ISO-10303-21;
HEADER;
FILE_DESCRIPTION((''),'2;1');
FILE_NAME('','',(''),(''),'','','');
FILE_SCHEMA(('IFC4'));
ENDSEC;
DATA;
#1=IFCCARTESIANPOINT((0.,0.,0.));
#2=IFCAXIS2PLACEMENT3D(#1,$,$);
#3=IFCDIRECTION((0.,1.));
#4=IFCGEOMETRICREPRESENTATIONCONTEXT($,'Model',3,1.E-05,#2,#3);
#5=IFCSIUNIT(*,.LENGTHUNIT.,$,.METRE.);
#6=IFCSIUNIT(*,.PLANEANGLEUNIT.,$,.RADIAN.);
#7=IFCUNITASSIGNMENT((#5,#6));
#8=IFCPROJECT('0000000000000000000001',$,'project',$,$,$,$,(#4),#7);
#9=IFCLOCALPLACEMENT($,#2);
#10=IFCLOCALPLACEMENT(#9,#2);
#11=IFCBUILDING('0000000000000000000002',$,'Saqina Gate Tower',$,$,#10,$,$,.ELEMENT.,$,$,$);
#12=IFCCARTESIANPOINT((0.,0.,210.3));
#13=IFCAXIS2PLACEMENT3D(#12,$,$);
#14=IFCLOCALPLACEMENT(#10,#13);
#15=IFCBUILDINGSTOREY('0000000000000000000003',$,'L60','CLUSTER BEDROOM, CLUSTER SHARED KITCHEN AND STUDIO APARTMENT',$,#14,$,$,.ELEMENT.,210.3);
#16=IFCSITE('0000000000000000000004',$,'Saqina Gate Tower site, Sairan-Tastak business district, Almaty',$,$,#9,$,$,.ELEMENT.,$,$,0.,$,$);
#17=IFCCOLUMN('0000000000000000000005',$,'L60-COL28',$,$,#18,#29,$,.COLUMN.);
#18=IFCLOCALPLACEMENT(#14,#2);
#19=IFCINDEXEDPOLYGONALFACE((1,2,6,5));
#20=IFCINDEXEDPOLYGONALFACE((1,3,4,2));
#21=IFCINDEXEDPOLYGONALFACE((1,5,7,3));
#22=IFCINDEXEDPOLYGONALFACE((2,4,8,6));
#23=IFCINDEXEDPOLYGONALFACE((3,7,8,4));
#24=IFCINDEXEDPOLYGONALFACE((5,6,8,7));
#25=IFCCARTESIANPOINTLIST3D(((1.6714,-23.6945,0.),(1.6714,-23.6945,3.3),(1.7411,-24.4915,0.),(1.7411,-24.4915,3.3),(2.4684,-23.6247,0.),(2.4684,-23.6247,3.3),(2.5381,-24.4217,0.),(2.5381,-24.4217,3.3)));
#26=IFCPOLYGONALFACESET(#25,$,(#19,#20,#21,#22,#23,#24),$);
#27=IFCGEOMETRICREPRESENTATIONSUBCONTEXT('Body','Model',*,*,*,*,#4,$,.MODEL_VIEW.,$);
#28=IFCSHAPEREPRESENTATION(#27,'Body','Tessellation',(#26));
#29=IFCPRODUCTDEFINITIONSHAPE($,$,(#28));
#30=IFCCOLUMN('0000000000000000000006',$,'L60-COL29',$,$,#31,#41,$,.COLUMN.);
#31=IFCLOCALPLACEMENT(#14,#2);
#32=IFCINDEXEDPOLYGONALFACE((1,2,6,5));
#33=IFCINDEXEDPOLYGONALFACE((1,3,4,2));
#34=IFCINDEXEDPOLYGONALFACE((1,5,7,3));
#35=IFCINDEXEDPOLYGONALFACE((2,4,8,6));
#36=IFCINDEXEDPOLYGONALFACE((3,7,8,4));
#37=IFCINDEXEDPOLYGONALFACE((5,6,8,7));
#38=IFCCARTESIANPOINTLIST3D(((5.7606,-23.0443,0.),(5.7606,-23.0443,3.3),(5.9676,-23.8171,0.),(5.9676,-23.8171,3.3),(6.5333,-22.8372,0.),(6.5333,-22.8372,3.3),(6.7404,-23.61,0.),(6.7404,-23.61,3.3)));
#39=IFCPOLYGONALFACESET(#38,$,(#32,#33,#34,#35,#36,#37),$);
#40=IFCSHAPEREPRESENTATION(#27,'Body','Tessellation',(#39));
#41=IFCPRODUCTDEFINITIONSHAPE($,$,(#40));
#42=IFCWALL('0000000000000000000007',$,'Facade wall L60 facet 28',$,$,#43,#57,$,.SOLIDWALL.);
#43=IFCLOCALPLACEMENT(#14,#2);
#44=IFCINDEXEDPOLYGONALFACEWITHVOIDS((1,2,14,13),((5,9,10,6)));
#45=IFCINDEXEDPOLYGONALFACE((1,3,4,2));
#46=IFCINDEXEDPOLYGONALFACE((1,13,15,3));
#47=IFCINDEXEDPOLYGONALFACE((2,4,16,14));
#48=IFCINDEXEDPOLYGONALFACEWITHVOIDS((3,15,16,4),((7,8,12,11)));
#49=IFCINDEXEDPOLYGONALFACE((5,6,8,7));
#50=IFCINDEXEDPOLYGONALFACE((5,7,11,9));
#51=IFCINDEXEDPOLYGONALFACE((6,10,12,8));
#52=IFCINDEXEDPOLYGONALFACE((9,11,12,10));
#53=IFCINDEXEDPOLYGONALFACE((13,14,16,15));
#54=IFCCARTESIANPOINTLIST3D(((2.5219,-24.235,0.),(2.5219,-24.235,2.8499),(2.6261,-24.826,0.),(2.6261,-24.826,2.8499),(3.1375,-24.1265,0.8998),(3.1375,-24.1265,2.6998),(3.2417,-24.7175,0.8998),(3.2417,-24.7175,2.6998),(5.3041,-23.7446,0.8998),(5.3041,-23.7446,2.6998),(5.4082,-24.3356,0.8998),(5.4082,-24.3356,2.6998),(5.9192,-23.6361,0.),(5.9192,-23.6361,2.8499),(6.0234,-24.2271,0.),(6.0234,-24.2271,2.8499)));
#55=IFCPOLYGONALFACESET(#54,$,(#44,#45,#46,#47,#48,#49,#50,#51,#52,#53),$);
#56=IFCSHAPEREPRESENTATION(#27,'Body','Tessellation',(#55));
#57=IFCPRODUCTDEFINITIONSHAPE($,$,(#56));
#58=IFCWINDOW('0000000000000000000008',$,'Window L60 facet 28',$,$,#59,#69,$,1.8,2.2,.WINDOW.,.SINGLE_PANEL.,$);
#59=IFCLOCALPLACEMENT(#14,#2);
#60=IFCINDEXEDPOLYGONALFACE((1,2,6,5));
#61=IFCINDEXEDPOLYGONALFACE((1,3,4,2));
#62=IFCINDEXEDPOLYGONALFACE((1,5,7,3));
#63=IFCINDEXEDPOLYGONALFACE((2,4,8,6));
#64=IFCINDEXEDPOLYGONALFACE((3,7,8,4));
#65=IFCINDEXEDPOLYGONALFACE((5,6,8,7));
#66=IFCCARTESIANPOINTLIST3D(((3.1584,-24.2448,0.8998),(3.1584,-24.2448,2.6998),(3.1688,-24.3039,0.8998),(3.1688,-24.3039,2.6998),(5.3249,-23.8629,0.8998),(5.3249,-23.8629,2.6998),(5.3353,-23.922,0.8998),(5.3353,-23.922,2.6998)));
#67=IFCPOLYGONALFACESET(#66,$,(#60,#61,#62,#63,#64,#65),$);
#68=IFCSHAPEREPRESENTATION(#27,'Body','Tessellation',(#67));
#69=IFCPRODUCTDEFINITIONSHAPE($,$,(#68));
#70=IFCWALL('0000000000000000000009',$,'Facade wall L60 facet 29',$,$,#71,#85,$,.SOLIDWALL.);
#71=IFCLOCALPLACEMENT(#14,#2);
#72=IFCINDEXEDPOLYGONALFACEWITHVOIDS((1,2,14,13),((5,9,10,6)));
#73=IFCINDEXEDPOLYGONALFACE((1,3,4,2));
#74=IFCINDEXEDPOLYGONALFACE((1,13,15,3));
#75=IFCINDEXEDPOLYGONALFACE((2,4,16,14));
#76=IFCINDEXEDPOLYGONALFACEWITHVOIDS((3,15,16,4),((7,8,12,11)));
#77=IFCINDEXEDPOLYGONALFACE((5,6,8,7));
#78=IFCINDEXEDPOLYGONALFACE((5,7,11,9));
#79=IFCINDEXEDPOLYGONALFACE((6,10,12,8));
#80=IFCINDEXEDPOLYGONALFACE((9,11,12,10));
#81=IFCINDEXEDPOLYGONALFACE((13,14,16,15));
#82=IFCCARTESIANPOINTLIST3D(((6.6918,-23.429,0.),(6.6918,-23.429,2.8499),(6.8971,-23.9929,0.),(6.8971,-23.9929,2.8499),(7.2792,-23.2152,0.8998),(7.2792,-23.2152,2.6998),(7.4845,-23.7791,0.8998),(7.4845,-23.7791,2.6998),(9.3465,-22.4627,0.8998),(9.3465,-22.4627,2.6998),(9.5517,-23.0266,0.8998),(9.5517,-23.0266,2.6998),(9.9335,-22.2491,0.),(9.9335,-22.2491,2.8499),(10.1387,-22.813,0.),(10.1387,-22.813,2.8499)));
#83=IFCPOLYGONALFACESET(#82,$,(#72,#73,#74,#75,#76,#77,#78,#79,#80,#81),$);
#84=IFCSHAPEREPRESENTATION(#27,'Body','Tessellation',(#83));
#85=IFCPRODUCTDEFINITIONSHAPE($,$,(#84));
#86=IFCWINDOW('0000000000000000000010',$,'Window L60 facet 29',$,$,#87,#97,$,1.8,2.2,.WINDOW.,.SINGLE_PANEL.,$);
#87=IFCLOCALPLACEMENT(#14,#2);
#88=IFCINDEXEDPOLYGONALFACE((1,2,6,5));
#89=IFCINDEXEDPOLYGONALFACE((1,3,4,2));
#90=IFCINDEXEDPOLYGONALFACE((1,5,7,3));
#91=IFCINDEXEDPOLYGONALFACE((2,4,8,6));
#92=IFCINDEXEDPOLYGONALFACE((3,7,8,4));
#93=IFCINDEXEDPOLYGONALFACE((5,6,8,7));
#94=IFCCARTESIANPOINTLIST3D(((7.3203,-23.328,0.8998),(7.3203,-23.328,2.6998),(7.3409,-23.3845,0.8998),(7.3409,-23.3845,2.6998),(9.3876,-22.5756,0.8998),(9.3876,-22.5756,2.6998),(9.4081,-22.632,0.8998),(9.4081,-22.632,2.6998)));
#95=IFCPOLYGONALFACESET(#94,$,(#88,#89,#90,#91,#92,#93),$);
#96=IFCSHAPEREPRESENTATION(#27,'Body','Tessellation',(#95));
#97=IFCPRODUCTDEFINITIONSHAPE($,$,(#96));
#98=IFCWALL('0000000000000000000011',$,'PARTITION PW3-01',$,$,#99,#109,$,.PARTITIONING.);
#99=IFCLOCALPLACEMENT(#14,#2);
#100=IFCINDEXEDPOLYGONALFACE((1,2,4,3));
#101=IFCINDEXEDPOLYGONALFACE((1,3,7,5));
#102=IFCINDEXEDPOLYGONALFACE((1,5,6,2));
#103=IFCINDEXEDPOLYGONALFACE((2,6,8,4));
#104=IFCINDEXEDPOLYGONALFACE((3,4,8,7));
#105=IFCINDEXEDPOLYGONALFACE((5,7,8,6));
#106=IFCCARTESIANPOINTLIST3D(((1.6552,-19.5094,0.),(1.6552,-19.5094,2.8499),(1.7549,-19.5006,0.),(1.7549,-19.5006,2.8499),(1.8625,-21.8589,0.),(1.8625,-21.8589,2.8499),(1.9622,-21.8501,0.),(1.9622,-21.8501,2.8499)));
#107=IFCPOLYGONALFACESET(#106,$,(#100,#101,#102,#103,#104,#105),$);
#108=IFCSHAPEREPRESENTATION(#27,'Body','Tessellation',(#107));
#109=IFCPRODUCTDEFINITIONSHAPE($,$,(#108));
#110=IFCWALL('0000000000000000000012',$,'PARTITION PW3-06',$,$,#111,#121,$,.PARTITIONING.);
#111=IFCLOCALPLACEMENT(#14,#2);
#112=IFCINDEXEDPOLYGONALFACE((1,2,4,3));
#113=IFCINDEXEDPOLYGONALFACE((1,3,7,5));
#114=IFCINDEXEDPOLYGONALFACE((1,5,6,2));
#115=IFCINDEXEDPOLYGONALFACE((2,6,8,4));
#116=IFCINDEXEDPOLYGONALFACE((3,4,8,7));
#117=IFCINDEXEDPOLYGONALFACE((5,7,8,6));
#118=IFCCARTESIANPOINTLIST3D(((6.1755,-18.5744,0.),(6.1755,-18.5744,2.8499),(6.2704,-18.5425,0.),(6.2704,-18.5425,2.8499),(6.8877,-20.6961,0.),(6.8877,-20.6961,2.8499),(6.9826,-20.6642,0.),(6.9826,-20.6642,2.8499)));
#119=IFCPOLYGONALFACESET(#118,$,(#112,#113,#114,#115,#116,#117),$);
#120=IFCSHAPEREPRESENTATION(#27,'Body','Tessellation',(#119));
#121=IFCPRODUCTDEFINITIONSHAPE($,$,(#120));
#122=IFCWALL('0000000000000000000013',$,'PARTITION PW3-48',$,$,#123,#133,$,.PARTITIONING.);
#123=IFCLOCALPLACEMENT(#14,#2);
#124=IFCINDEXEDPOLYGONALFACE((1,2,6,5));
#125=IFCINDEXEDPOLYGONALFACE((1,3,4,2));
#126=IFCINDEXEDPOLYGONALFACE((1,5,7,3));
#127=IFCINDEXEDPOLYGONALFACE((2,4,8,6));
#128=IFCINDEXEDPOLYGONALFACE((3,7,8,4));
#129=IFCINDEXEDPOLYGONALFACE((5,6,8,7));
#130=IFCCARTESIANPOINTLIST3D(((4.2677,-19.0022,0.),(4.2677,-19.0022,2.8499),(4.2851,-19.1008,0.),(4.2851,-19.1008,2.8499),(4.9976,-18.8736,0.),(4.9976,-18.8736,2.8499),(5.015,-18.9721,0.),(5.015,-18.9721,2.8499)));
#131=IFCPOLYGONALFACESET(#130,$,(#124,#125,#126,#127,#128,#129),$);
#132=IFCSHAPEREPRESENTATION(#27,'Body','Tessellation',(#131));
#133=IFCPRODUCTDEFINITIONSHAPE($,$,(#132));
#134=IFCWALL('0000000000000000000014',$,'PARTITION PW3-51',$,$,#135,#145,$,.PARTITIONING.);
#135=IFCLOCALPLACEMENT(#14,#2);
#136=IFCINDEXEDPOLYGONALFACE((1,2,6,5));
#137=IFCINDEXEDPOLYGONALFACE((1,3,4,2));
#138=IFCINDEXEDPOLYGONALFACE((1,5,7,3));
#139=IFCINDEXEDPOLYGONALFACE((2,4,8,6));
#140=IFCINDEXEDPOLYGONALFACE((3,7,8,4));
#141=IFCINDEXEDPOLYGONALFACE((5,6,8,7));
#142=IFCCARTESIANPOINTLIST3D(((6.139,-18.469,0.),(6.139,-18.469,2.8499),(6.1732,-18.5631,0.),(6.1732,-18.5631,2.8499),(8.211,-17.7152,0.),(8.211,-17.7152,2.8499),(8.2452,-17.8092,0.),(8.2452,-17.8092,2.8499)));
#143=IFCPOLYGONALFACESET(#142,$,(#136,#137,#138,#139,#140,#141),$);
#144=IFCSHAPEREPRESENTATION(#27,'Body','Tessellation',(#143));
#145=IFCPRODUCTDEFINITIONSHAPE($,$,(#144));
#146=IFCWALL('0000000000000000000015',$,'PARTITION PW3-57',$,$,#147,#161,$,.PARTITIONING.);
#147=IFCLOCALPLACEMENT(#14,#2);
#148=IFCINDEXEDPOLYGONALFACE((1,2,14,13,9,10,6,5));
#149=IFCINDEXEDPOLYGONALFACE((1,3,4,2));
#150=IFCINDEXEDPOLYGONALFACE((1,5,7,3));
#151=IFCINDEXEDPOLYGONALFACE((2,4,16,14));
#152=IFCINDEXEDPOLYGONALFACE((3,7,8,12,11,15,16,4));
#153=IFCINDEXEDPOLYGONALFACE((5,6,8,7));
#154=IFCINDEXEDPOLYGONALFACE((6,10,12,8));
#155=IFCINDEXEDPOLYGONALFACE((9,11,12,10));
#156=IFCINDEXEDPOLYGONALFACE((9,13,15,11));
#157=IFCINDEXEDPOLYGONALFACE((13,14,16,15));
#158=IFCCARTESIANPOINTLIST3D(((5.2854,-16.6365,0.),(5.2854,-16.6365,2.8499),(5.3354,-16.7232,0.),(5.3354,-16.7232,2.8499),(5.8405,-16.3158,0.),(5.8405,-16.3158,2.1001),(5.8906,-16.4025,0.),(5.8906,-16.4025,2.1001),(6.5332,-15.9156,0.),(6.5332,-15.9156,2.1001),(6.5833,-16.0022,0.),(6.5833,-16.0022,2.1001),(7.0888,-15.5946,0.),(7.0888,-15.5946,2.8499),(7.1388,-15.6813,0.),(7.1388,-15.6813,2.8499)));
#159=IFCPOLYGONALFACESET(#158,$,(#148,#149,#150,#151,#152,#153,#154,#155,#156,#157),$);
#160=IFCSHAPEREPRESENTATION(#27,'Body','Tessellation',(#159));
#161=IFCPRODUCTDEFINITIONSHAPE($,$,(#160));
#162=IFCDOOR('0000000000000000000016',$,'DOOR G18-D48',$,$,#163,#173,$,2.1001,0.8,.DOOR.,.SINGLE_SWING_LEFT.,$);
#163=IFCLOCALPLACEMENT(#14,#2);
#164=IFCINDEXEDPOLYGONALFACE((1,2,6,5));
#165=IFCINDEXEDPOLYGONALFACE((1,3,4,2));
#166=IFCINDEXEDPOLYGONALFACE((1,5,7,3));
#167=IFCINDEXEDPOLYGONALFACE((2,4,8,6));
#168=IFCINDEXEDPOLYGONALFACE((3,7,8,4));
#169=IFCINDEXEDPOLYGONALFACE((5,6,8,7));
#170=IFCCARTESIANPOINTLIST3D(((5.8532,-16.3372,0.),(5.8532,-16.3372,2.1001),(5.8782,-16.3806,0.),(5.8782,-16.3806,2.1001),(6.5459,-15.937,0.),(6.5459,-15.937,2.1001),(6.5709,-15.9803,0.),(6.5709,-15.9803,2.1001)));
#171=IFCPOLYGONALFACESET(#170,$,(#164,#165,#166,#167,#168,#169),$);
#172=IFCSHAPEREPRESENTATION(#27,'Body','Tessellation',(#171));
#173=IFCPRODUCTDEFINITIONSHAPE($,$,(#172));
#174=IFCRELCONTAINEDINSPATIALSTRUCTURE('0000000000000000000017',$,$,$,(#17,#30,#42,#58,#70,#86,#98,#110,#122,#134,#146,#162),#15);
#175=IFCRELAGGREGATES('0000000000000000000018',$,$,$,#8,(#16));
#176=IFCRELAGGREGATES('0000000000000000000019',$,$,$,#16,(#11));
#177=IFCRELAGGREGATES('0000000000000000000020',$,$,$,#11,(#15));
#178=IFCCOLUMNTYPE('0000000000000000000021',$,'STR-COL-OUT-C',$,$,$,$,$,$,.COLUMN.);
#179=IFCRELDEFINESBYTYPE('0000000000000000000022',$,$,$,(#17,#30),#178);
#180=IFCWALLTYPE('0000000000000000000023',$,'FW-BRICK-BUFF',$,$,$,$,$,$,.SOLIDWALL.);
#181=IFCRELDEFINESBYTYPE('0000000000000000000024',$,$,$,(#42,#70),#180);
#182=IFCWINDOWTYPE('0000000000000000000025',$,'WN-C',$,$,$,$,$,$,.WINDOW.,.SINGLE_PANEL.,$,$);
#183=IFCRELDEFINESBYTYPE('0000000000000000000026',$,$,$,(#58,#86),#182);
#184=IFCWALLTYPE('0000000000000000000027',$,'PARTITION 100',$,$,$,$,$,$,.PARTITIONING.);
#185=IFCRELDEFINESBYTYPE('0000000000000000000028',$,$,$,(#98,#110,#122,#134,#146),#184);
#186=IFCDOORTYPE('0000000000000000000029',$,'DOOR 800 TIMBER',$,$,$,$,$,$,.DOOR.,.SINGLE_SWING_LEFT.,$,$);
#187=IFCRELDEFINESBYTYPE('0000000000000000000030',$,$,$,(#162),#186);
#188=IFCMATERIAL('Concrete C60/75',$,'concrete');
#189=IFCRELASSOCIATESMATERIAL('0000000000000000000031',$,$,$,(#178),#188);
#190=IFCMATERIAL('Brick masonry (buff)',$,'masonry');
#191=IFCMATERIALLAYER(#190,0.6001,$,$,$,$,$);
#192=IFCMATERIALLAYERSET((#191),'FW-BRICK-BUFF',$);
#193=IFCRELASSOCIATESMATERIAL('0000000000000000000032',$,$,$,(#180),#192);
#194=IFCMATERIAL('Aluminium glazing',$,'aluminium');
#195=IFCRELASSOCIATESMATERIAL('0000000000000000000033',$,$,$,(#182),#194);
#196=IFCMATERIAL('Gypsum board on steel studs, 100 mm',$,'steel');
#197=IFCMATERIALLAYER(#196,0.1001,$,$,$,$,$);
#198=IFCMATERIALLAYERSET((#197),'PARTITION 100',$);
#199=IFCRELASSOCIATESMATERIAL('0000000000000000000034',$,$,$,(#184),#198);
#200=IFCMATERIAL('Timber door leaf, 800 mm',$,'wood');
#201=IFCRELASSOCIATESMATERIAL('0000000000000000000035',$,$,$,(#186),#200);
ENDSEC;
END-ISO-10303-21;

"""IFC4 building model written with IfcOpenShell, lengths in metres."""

from ifc_helpers import new_model, si_unit, direction, frame, frame_2d, origin, origin_2d, place, context, subcontext, project, spatial, rectangle, extrude, material, layer, layer_set, material_profile, profile_set, type_object, element, fill, save


model = new_model("IFC4")

# Units and contexts
model_context = context("Model", 3, precision=1e-05, world=origin(), true_north=direction((0.0, 1.0)))
body_context = subcontext(model_context, "Body", "Model", "MODEL_VIEW")
ifc_project = project(units=[si_unit("LENGTHUNIT", "METRE"), si_unit("PLANEANGLEUNIT", "RADIAN")], contexts=[model_context])

# Site, building, storey
site_placement = place(None, origin())
site = spatial("IfcSite", under=ifc_project, at=site_placement, Name="Saqina Gate Tower site, Sairan-Tastak business district, Almaty", CompositionType="ELEMENT", RefElevation=0.0)
building_placement = place(site_placement, origin())
building = spatial("IfcBuilding", under=site, at=building_placement, Name="Saqina Gate Tower", CompositionType="ELEMENT")
storey_placement = place(building_placement, frame((0.0, 0.0, 210.3)))
storey = spatial("IfcBuildingStorey", under=building, at=storey_placement, Name="L60", Description="CLUSTER BEDROOM, CLUSTER SHARED KITCHEN AND STUDIO APARTMENT", CompositionType="ELEMENT", Elevation=210.3)

# Columns
ifc_material_1 = material(Name="Concrete C60/75", Category="concrete")
ifc_material_profile = material_profile(ifc_material_1, rectangle(XDim=0.8, YDim=0.8, at=origin_2d()), Name="RC 800x800")
ifc_profile_set = profile_set([ifc_material_profile], Name="Concrete C60/75")
column_type = type_object("IfcColumnType", Name="STR-COL-OUT-C", PredefinedType="COLUMN", material=ifc_profile_set)
for number, where, z_axis, x_axis, name in (
    (1, (2.1047, -24.0581, 0.0), (0.0, 0.0, 1.0), (0.087156, -0.996195, 0.0), "L60-COL28"),
    (2, (6.2505, -23.3271, 0.0), (0.0, 0.0, 1.0), (0.258819, -0.965926, 0.0), "L60-COL29"),
):
    element("IfcColumn", number, at=place(storey_placement, frame(where, z_axis=z_axis, x_axis=x_axis)), inside=storey, type_object=column_type, Name=name, PredefinedType="COLUMN", context=body_context, shape_type="SweptSolid", body=[
        extrude(rectangle(XDim=0.8, YDim=0.8, at=origin_2d()), origin(), (0.0, 0.0, 1.0), 3.3),
    ])

# Walls, openings, windows
ifc_material_2 = material(Name="Brick masonry (buff)", Category="masonry")
ifc_layer_1 = layer(ifc_material_2, 0.6001)
ifc_layer_set_1 = layer_set([ifc_layer_1], Name="FW-BRICK-BUFF")
wall_type_1 = type_object("IfcWallType", Name="FW-BRICK-BUFF", PredefinedType="SOLIDWALL", material=ifc_layer_set_1)
wall_1_placement = place(storey_placement, frame((2.574, -24.5305, 0.0), z_axis=(0.0, 0.0, 1.0), x_axis=(0.984815, 0.173608, 0.0)))
wall_1 = element("IfcWall", 3, at=wall_1_placement, inside=storey, type_object=wall_type_1, Name="Facade wall L60 facet 28", PredefinedType="SOLIDWALL", context=body_context, shape_type="SweptSolid", body=[
    extrude(rectangle(XDim=3.4497, YDim=0.6001, at=frame_2d((1.7249, 0.0))), origin(), (0.0, 0.0, 1.0), 2.8499),
])
opening_1_placement = place(wall_1_placement, frame((0.625, 0.0, 0.8999)))
opening_1 = element("IfcOpeningElement", 4, at=opening_1_placement, cuts=wall_1, PredefinedType="OPENING", context=body_context, shape_type="SweptSolid", body=[
    extrude(rectangle(XDim=2.2, YDim=1.8, at=frame_2d((1.1001, 0.8999))), frame((0.0, 0.312, 0.0), z_axis=(0.0, -1.0, 0.0), x_axis=(1.0, 0.0, 0.0)), (0.0, 0.0, 1.0), 0.624),
])
ifc_material_3 = material(Name="Aluminium glazing", Category="aluminium")
window_type = type_object("IfcWindowType", Name="WN-C", PartitioningType="SINGLE_PANEL", PredefinedType="WINDOW", material=ifc_material_3)
window_1_placement = place(opening_1_placement, origin())
window_1 = element("IfcWindow", 5, at=window_1_placement, inside=storey, type_object=window_type, Name="Window L60 facet 28", OverallHeight=1.8, OverallWidth=2.2, PartitioningType="SINGLE_PANEL", PredefinedType="WINDOW", context=body_context, shape_type="SweptSolid", body=[
    extrude(rectangle(XDim=2.2, YDim=1.8, at=frame_2d((1.1001, 0.8999))), frame((0.0, 0.1799, 0.0), z_axis=(0.0, -1.0, 0.0), x_axis=(1.0, 0.0, 0.0)), (0.0, 0.0, 1.0), 0.0601),
])
fill(opening_1, window_1)
wall_2_placement = place(storey_placement, frame((6.7944, -23.7109, 0.0), z_axis=(0.0, 0.0, 1.0), x_axis=(0.939688, 0.342033, 0.0)))
wall_2 = element("IfcWall", 6, at=wall_2_placement, inside=storey, type_object=wall_type_1, Name="Facade wall L60 facet 29", PredefinedType="SOLIDWALL", context=body_context, shape_type="SweptSolid", body=[
    extrude(rectangle(XDim=3.4497, YDim=0.6001, at=frame_2d((1.7249, 0.0))), origin(), (0.0, 0.0, 1.0), 2.8499),
])
opening_2_placement = place(wall_2_placement, frame((0.625, 0.0, 0.8999)))
opening_2 = element("IfcOpeningElement", 7, at=opening_2_placement, cuts=wall_2, PredefinedType="OPENING", context=body_context, shape_type="SweptSolid", body=[
    extrude(rectangle(XDim=2.2, YDim=1.8, at=frame_2d((1.1001, 0.8999))), frame((0.0, 0.312, 0.0), z_axis=(0.0, -1.0, 0.0), x_axis=(1.0, 0.0, 0.0)), (0.0, 0.0, 1.0), 0.624),
])
window_2_placement = place(opening_2_placement, origin())
window_2 = element("IfcWindow", 8, at=window_2_placement, inside=storey, type_object=window_type, Name="Window L60 facet 29", OverallHeight=1.8, OverallWidth=2.2, PartitioningType="SINGLE_PANEL", PredefinedType="WINDOW", context=body_context, shape_type="SweptSolid", body=[
    extrude(rectangle(XDim=2.2, YDim=1.8, at=frame_2d((1.1001, 0.8999))), frame((0.0, 0.1799, 0.0), z_axis=(0.0, -1.0, 0.0), x_axis=(1.0, 0.0, 0.0)), (0.0, 0.0, 1.0), 0.0601),
])
fill(opening_2, window_2)

# Walls
ifc_material_4 = material(Name="Gypsum board on steel studs, 100 mm", Category="steel")
ifc_layer_2 = layer(ifc_material_4, 0.1001)
ifc_layer_set_2 = layer_set([ifc_layer_2], Name="PARTITION 100")
wall_type_2 = type_object("IfcWallType", Name="PARTITION 100", PredefinedType="PARTITIONING", material=ifc_layer_set_2)
wall_3_placement = place(storey_placement, frame((1.7051, -19.5051, 0.0), z_axis=(0.0, 0.0, 1.0), x_axis=(0.087876, -0.996131, 0.0)))
element("IfcWall", 9, at=wall_3_placement, inside=storey, type_object=wall_type_2, Name="PARTITION PW3-01", PredefinedType="PARTITIONING", context=body_context, shape_type="SweptSolid", body=[
    extrude(rectangle(XDim=2.3586, YDim=0.1001, at=frame_2d((1.1792, 0.0))), origin(), (0.0, 0.0, 1.0), 2.8499),
])
wall_4_placement = place(storey_placement, frame((6.2229, -18.5583, 0.0), z_axis=(0.0, 0.0, 1.0), x_axis=(0.318223, -0.948016, 0.0)))
element("IfcWall", 10, at=wall_4_placement, inside=storey, type_object=wall_type_2, Name="PARTITION PW3-06", PredefinedType="PARTITIONING", context=body_context, shape_type="SweptSolid", body=[
    extrude(rectangle(XDim=2.238, YDim=0.1001, at=frame_2d((1.1191, 0.0))), origin(), (0.0, 0.0, 1.0), 2.8499),
])
wall_5_placement = place(storey_placement, frame((4.2764, -19.0515, 0.0), z_axis=(0.0, 0.0, 1.0), x_axis=(0.98482, 0.173579, 0.0)))
element("IfcWall", 11, at=wall_5_placement, inside=storey, type_object=wall_type_2, Name="PARTITION PW3-48", PredefinedType="PARTITIONING", context=body_context, shape_type="SweptSolid", body=[
    extrude(rectangle(XDim=0.7412, YDim=0.1001, at=frame_2d((0.3706, 0.0))), origin(), (0.0, 0.0, 1.0), 2.8499),
])
wall_6_placement = place(storey_placement, frame((6.156, -18.5161, 0.0), z_axis=(0.0, 0.0, 1.0), x_axis=(0.939729, 0.341921, 0.0)))
element("IfcWall", 12, at=wall_6_placement, inside=storey, type_object=wall_type_2, Name="PARTITION PW3-51", PredefinedType="PARTITIONING", context=body_context, shape_type="SweptSolid", body=[
    extrude(rectangle(XDim=2.2048, YDim=0.1001, at=frame_2d((1.1025, 0.0))), origin(), (0.0, 0.0, 1.0), 2.8499),
])

# Wall, opening, door
wall_7_placement = place(storey_placement, frame((5.3103, -16.6799, 0.0), z_axis=(0.0, 0.0, 1.0), x_axis=(0.865867, 0.500274, 0.0)))
wall_7 = element("IfcWall", 13, at=wall_7_placement, inside=storey, type_object=wall_type_2, Name="PARTITION PW3-57", PredefinedType="PARTITIONING", context=body_context, shape_type="SweptSolid", body=[
    extrude(rectangle(XDim=2.0828, YDim=0.1001, at=frame_2d((1.0415, 0.0))), origin(), (0.0, 0.0, 1.0), 2.8499),
])
opening_3_placement = place(wall_7_placement, frame((0.6414, 0.0, 0.0)))
opening_3 = element("IfcOpeningElement", 14, at=opening_3_placement, cuts=wall_7, PredefinedType="OPENING", context=body_context, shape_type="SweptSolid", body=[
    extrude(rectangle(XDim=0.8, YDim=2.1001, at=frame_2d((0.3999, 1.05))), frame((0.0, 0.062, 0.0), z_axis=(0.0, -1.0, 0.0), x_axis=(1.0, 0.0, 0.0)), (0.0, 0.0, 1.0), 0.124),
])
ifc_material_5 = material(Name="Timber door leaf, 800 mm", Category="wood")
door_type_1 = type_object("IfcDoorType", Name="DOOR 800 TIMBER", OperationType="SINGLE_SWING_LEFT", PredefinedType="DOOR", material=ifc_material_5)
door_1_placement = place(opening_3_placement, frame((0.8, 0.0, 0.0), z_axis=(0.0, 0.0, 1.0), x_axis=(-1.0, 0.0, 0.0)))
door_1 = element("IfcDoor", 15, at=door_1_placement, inside=storey, type_object=door_type_1, Name="DOOR G18-D48", OperationType="SINGLE_SWING_LEFT", OverallHeight=2.1001, OverallWidth=0.8, PredefinedType="DOOR", context=body_context, shape_type="SweptSolid", body=[
    extrude(rectangle(XDim=0.8, YDim=2.1001, at=frame_2d((0.3999, 1.05))), frame((0.0, 0.0249, 0.0), z_axis=(0.0, -1.0, 0.0), x_axis=(1.0, 0.0, 0.0)), (0.0, 0.0, 1.0), 0.05),
])
fill(opening_3, door_1)

save(model, "model.ifc")
